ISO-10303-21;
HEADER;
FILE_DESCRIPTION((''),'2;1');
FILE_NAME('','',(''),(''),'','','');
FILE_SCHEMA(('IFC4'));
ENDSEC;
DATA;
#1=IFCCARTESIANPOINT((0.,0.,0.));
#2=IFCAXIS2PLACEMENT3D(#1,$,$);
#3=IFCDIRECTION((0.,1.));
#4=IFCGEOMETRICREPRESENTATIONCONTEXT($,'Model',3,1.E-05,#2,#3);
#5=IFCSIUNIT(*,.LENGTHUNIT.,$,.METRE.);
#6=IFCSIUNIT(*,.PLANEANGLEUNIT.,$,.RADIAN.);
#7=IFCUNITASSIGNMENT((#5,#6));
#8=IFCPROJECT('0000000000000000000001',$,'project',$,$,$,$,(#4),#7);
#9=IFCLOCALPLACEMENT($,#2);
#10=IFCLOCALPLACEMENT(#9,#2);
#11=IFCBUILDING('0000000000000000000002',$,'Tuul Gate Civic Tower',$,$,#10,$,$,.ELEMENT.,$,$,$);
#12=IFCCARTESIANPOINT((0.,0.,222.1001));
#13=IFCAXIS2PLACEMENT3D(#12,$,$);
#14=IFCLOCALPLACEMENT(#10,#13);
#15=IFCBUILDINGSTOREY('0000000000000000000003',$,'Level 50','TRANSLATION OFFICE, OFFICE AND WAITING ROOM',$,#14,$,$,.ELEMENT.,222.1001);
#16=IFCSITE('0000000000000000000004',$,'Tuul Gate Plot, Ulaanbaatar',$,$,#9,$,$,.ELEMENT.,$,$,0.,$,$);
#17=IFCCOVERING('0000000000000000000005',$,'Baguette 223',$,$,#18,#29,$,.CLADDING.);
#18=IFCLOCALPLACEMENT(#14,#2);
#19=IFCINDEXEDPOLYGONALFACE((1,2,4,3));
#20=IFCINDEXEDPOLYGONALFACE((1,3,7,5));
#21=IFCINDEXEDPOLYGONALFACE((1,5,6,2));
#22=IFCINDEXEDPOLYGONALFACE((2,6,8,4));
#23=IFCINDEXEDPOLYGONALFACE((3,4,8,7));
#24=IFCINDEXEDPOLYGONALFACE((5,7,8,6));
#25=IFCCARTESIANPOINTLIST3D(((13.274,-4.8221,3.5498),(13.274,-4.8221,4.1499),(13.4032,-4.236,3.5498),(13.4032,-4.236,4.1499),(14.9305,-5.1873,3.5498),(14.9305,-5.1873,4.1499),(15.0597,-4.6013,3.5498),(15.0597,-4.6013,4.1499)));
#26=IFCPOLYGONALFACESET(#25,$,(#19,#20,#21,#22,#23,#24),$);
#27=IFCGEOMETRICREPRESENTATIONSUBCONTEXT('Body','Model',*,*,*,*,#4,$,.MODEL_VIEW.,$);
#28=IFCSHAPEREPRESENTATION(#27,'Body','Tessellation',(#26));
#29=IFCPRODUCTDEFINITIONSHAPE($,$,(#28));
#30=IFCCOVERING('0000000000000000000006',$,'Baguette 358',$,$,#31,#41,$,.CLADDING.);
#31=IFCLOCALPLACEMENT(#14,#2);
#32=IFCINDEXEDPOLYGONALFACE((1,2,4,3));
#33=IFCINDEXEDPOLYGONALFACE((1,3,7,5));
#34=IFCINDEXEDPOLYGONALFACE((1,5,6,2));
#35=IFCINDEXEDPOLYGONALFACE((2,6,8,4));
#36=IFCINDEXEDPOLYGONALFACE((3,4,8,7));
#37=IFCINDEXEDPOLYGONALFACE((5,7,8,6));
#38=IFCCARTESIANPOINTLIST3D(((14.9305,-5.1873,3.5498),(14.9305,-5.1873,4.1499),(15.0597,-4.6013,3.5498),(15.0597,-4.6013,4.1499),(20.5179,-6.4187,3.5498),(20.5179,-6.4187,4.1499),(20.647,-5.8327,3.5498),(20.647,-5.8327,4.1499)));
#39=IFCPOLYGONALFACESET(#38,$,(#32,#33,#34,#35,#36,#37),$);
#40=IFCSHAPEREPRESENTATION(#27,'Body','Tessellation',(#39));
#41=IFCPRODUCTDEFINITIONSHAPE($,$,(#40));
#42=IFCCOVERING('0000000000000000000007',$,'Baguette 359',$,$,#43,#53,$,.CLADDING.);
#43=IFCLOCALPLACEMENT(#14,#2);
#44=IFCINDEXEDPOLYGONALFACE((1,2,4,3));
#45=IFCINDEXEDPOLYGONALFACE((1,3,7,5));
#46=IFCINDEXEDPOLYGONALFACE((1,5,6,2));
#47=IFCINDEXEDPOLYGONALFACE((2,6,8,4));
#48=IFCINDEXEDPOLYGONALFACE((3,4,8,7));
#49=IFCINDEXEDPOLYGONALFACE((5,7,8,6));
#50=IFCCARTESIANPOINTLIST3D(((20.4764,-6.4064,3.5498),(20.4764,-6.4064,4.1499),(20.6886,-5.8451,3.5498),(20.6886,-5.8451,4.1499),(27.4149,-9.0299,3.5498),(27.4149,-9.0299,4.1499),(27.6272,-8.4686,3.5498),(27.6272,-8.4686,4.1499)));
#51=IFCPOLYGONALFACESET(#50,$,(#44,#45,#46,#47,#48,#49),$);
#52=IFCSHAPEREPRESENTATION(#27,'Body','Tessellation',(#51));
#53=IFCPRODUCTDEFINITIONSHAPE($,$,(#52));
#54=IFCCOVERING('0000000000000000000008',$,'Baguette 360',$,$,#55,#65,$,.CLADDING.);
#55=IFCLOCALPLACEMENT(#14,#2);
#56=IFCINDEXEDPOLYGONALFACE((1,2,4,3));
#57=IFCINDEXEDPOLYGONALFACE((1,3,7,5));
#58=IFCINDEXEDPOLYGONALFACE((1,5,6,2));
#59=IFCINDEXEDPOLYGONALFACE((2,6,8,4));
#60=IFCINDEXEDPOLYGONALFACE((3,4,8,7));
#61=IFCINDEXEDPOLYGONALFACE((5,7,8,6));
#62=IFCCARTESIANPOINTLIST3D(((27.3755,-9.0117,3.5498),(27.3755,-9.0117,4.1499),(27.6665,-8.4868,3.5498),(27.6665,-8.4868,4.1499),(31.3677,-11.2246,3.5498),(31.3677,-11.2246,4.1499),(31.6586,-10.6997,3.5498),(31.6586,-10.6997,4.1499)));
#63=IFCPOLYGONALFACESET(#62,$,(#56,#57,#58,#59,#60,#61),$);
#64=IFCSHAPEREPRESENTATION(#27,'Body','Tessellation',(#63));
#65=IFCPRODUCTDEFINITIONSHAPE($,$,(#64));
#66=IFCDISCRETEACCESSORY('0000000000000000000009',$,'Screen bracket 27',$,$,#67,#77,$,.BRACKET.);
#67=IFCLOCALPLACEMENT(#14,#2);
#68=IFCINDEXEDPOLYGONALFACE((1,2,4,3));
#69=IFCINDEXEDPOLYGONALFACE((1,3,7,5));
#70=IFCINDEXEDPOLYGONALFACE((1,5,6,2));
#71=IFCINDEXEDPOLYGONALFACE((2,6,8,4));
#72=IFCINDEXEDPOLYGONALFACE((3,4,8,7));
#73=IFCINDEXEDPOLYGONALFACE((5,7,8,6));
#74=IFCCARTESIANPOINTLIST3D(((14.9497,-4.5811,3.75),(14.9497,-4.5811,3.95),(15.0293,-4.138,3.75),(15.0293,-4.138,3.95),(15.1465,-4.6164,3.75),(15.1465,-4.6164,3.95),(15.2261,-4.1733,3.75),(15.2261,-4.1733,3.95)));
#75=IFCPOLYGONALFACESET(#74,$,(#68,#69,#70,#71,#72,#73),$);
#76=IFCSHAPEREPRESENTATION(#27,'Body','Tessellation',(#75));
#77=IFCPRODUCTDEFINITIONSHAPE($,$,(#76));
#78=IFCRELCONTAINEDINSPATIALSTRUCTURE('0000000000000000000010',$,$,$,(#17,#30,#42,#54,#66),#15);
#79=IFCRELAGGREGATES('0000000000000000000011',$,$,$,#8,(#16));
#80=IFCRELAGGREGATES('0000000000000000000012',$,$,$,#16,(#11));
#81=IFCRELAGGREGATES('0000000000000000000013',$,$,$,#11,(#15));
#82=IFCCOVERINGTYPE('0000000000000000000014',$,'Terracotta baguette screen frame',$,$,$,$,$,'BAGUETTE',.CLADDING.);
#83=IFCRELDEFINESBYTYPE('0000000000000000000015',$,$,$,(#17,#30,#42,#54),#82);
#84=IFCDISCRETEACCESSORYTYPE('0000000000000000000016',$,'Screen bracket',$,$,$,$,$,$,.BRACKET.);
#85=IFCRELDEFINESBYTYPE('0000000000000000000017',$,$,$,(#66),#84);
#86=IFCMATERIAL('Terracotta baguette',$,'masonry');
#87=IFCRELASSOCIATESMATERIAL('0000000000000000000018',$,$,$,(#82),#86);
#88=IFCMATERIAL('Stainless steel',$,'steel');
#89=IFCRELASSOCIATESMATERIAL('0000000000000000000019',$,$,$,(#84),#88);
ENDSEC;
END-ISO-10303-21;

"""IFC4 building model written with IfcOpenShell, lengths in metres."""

from ifc_helpers import new_model, si_unit, direction, frame, origin, origin_2d, place, context, subcontext, project, spatial, rectangle, extrude, material, material_profile, profile_set, type_object, element, save


model = new_model("IFC4")

# Units and contexts
model_context = context("Model", 3, precision=1e-05, world=origin(), true_north=direction((0.0, 1.0)))
body_context = subcontext(model_context, "Body", "Model", "MODEL_VIEW")
ifc_project = project(units=[si_unit("LENGTHUNIT", "METRE"), si_unit("PLANEANGLEUNIT", "RADIAN")], contexts=[model_context])

# Site, building, storey
site_placement = place(None, origin())
site = spatial("IfcSite", under=ifc_project, at=site_placement, Name="Tuul Gate Plot, Ulaanbaatar", CompositionType="ELEMENT", RefElevation=0.0)
building_placement = place(site_placement, origin())
building = spatial("IfcBuilding", under=site, at=building_placement, Name="Tuul Gate Civic Tower", CompositionType="ELEMENT")
storey_placement = place(building_placement, frame((0.0, 0.0, 222.1001)))
storey = spatial("IfcBuildingStorey", under=building, at=storey_placement, Name="Level 50", Description="TRANSLATION OFFICE, OFFICE AND WAITING ROOM", CompositionType="ELEMENT", Elevation=222.1001)

# Coverings
ifc_material_1 = material(Name="Terracotta baguette", Category="masonry")
ifc_material_profile_1 = material_profile(ifc_material_1, rectangle(XDim=0.6001, YDim=0.6001, at=origin_2d()), Name="Terracotta baguette screen frame")
ifc_profile_set_1 = profile_set([ifc_material_profile_1], Name="Terracotta baguette")
covering_type = type_object("IfcCoveringType", Name="Terracotta baguette screen frame", ElementType="BAGUETTE", PredefinedType="CLADDING", material=ifc_profile_set_1)
covering_1_placement = place(storey_placement, frame((13.3386, -4.5291, 3.8499), z_axis=(0.976545, -0.215315, 0.0), x_axis=(0.215315, 0.976545, 0.0)))
element("IfcCovering", 1, at=covering_1_placement, inside=storey, type_object=covering_type, Name="Baguette 223", PredefinedType="CLADDING", context=body_context, shape_type="SweptSolid", body=[
    extrude(rectangle(XDim=0.6001, YDim=0.6001, at=origin_2d()), origin(), (0.0, 0.0, 1.0), 1.6963),
])
covering_2_placement = place(storey_placement, frame((14.9951, -4.8943, 3.8499), z_axis=(0.976563, -0.215231, 0.0), x_axis=(0.215231, 0.976563, 0.0)))
element("IfcCovering", 2, at=covering_2_placement, inside=storey, type_object=covering_type, Name="Baguette 358", PredefinedType="CLADDING", context=body_context, shape_type="SweptSolid", body=[
    extrude(rectangle(XDim=0.6001, YDim=0.6001, at=origin_2d()), origin(), (0.0, 0.0, 1.0), 5.7214),
])
covering_3_placement = place(storey_placement, frame((20.5825, -6.1257, 3.8499), z_axis=(0.935368, -0.353676, 0.0), x_axis=(0.353676, 0.935368, 0.0)))
element("IfcCovering", 3, at=covering_3_placement, inside=storey, type_object=covering_type, Name="Baguette 359", PredefinedType="CLADDING", context=body_context, shape_type="SweptSolid", body=[
    extrude(rectangle(XDim=0.6001, YDim=0.6001, at=origin_2d()), origin(), (0.0, 0.0, 1.0), 7.418),
])
covering_4_placement = place(storey_placement, frame((27.521, -8.7493, 3.8499), z_axis=(0.874621, -0.484807, 0.0), x_axis=(0.484807, 0.874621, 0.0)))
element("IfcCovering", 4, at=covering_4_placement, inside=storey, type_object=covering_type, Name="Baguette 360", PredefinedType="CLADDING", context=body_context, shape_type="SweptSolid", body=[
    extrude(rectangle(XDim=0.6001, YDim=0.6001, at=origin_2d()), origin(), (0.0, 0.0, 1.0), 4.5645),
])

# Discrete accessory
ifc_material_2 = material(Name="Stainless steel", Category="steel")
discrete_accessory_type = type_object("IfcDiscreteAccessoryType", Name="Screen bracket", PredefinedType="BRACKET", material=ifc_material_2)
discrete_accessory_placement = place(storey_placement, frame((15.0879, -4.3772, 3.75), z_axis=(0.0, 0.0, 1.0), x_axis=(-0.176671, -0.98427, 0.0)))
element("IfcDiscreteAccessory", 5, at=discrete_accessory_placement, inside=storey, type_object=discrete_accessory_type, Name="Screen bracket 27", PredefinedType="BRACKET", context=body_context, shape_type="SweptSolid", body=[
    extrude(rectangle(XDim=0.4502, YDim=0.2, at=origin_2d()), origin(), (0.0, 0.0, 1.0), 0.2),
])

save(model, "model.ifc")
